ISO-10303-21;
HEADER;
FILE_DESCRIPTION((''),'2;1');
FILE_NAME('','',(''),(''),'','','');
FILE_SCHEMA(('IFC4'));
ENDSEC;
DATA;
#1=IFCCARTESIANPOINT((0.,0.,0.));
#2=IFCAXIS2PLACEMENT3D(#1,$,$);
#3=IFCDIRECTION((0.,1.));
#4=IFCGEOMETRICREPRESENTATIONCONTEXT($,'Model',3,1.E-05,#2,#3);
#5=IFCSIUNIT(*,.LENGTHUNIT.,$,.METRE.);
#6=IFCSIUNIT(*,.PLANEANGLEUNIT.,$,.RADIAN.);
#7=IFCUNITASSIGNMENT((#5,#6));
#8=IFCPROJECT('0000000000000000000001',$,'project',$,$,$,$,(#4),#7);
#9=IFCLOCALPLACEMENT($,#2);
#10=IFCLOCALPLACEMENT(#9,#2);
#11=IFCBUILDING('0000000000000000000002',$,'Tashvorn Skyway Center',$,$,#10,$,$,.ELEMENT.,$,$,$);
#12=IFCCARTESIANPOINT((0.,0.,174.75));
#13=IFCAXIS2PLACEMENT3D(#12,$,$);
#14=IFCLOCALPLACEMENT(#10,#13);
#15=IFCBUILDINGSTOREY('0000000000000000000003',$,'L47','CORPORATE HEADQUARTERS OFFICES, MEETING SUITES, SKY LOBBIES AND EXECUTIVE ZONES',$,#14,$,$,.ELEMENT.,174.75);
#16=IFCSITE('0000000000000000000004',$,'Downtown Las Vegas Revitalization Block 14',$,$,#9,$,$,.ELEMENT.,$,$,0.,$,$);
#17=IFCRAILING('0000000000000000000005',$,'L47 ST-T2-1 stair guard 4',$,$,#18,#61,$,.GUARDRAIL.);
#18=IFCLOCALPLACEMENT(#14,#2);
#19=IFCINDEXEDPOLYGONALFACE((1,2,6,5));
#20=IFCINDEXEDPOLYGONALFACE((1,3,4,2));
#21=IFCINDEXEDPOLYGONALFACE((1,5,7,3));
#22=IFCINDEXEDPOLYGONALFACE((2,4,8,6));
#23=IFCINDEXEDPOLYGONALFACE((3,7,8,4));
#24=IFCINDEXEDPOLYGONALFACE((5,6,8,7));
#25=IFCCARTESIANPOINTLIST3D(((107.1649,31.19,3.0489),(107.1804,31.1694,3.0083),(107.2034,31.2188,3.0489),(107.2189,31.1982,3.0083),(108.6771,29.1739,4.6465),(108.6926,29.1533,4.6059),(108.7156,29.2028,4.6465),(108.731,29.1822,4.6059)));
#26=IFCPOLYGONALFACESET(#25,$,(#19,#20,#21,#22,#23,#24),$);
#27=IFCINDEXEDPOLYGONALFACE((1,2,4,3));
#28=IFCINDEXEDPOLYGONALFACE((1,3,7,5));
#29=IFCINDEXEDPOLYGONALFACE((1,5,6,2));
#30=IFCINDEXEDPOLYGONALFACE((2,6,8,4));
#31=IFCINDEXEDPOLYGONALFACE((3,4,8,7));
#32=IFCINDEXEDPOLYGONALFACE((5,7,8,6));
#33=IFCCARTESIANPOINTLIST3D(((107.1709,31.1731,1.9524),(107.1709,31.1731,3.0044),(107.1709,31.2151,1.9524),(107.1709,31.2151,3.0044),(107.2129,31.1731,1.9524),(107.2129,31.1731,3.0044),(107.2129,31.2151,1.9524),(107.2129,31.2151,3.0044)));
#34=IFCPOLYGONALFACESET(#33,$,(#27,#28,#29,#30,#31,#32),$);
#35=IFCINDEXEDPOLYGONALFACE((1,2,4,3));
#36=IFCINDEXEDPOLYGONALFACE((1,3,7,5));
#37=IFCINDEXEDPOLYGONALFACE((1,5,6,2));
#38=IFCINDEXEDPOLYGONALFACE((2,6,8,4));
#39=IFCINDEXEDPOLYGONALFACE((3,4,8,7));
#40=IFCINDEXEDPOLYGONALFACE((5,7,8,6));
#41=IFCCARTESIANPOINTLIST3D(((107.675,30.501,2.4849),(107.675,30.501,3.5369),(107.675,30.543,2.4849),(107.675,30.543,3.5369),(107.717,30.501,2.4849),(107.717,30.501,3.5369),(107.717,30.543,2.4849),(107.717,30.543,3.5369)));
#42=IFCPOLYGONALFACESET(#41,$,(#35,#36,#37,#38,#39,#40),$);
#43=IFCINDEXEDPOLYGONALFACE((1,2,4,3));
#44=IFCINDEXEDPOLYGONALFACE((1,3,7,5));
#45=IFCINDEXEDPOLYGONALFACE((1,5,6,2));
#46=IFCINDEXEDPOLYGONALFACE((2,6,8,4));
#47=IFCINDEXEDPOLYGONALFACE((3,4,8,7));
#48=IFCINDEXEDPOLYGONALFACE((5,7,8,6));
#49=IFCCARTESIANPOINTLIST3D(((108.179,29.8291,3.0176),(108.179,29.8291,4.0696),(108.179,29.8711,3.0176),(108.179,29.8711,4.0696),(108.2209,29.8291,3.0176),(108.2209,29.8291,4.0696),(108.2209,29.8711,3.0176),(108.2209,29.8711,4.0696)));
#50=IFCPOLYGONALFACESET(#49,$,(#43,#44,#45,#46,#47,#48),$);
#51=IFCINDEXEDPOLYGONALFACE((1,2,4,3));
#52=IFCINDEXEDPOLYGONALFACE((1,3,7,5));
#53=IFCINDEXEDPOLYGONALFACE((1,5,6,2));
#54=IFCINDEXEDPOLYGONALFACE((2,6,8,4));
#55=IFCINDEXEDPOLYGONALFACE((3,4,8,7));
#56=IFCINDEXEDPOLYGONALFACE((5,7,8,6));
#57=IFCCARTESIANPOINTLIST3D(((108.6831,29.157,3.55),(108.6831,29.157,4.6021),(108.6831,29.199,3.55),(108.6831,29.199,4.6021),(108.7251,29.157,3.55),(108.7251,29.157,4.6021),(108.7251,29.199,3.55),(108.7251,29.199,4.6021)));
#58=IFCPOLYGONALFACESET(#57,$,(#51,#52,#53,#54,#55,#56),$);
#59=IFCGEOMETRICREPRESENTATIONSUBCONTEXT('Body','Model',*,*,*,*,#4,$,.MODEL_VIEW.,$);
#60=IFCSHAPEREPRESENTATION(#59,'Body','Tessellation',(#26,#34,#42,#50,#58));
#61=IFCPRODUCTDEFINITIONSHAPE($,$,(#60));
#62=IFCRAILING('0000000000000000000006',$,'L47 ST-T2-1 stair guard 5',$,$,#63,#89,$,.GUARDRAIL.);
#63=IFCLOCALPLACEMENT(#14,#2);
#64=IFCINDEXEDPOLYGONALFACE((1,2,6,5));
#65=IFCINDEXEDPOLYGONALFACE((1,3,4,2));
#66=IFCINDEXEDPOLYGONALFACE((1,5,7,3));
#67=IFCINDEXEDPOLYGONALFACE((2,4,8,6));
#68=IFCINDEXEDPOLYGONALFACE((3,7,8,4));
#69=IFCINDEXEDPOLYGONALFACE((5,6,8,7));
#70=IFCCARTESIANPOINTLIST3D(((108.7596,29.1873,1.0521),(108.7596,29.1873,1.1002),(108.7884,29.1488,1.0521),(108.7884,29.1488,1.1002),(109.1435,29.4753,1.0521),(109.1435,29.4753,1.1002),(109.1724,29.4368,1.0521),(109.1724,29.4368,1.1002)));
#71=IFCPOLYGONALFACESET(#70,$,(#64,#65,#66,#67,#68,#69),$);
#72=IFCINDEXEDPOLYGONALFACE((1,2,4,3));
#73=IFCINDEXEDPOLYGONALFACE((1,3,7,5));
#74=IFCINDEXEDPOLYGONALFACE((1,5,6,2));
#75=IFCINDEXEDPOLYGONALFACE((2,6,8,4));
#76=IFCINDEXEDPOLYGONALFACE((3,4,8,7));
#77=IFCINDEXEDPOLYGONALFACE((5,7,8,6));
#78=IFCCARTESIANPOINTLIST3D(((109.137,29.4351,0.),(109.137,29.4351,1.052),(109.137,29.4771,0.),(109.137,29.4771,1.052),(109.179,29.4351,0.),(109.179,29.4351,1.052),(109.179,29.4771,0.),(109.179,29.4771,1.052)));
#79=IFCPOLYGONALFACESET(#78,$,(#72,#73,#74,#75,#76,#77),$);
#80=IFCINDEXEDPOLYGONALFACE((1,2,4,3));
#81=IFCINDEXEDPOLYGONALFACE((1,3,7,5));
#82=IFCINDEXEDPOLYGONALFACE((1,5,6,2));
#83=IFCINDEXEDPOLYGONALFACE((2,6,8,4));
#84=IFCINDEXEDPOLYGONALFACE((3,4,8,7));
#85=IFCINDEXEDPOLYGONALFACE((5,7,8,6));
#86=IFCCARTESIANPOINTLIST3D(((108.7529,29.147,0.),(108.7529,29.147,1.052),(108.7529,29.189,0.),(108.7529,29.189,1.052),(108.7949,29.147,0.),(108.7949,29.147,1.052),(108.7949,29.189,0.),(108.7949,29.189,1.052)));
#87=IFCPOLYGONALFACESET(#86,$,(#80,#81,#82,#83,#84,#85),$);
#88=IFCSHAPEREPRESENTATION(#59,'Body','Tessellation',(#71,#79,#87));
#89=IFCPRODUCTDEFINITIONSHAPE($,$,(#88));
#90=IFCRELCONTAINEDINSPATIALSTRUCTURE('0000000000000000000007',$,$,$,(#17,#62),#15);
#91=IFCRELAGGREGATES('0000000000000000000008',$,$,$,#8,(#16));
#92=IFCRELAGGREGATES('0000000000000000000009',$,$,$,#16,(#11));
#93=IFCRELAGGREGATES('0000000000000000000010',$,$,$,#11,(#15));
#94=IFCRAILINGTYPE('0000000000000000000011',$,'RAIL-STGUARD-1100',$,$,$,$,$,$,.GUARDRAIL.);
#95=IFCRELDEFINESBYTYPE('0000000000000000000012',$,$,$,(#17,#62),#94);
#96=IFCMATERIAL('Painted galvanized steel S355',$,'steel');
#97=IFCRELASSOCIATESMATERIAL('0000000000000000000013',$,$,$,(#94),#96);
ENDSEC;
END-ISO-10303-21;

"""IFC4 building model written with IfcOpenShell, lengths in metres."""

from ifc_helpers import new_model, si_unit, direction, frame, origin, origin_2d, place, context, subcontext, project, spatial, rectangle, extrude, material, type_object, element, save


model = new_model("IFC4")

# Units and contexts
model_context = context("Model", 3, precision=1e-05, world=origin(), true_north=direction((0.0, 1.0)))
body_context = subcontext(model_context, "Body", "Model", "MODEL_VIEW")
ifc_project = project(units=[si_unit("LENGTHUNIT", "METRE"), si_unit("PLANEANGLEUNIT", "RADIAN")], contexts=[model_context])

# Site, building, storey
site_placement = place(None, origin())
site = spatial("IfcSite", under=ifc_project, at=site_placement, Name="Downtown Las Vegas Revitalization Block 14", CompositionType="ELEMENT", RefElevation=0.0)
building_placement = place(site_placement, origin())
building = spatial("IfcBuilding", under=site, at=building_placement, Name="Tashvorn Skyway Center", CompositionType="ELEMENT")
storey_placement = place(building_placement, frame((0.0, 0.0, 174.75)))
storey = spatial("IfcBuildingStorey", under=building, at=storey_placement, Name="L47", Description="CORPORATE HEADQUARTERS OFFICES, MEETING SUITES, SKY LOBBIES AND EXECUTIVE ZONES", CompositionType="ELEMENT", Elevation=174.75)

# Railings
ifc_material_1 = material(Name="Painted galvanized steel S355", Category="steel")
railing_type_1 = type_object("IfcRailingType", Name="RAIL-STGUARD-1100", PredefinedType="GUARDRAIL", material=ifc_material_1)
railing_1_placement = place(storey_placement, frame((107.1919, 31.1941, 1.9524)))
element("IfcRailing", 1, at=railing_1_placement, inside=storey, type_object=railing_type_1, Name="L47 ST-T2-1 stair guard 4", PredefinedType="GUARDRAIL", context=body_context, shape_type="SweptSolid", body=[
    extrude(rectangle(XDim=0.0481, YDim=0.0481, at=origin_2d()), frame((0.0, 0.0, 1.0762), z_axis=(0.506779, -0.675651, 0.535416), x_axis=(0.799977, 0.600031, 0.0)), (0.0, 0.0, 1.0), 2.9839),
    extrude(rectangle(XDim=0.042, YDim=0.042, at=origin_2d()), origin(), (0.0, 0.0, 1.0), 1.052),
    extrude(rectangle(XDim=0.042, YDim=0.042, at=origin_2d()), frame((0.5042, -0.6721, 0.5325)), (0.0, 0.0, 1.0), 1.052),
    extrude(rectangle(XDim=0.042, YDim=0.042, at=origin_2d()), frame((1.0081, -1.344, 1.0652)), (0.0, 0.0, 1.0), 1.052),
    extrude(rectangle(XDim=0.042, YDim=0.042, at=origin_2d()), frame((1.5122, -2.0161, 1.5977)), (0.0, 0.0, 1.0), 1.052),
])
railing_2_placement = place(storey_placement, frame((109.158, 29.4561, 0.0)))
element("IfcRailing", 2, at=railing_2_placement, inside=storey, type_object=railing_type_1, Name="L47 ST-T2-1 stair guard 5", PredefinedType="GUARDRAIL", context=body_context, shape_type="SweptSolid", body=[
    extrude(rectangle(XDim=0.0481, YDim=0.0481, at=origin_2d()), frame((0.0, 0.0, 1.0762), z_axis=(-0.799939, -0.600081, 0.0), x_axis=(0.600081, -0.799939, 0.0)), (0.0, 0.0, 1.0), 0.48),
    extrude(rectangle(XDim=0.042, YDim=0.042, at=origin_2d()), origin(), (0.0, 0.0, 1.0), 1.052),
    extrude(rectangle(XDim=0.042, YDim=0.042, at=origin_2d()), frame((-0.384, -0.2881, 0.0)), (0.0, 0.0, 1.0), 1.052),
])

save(model, "model.ifc")
